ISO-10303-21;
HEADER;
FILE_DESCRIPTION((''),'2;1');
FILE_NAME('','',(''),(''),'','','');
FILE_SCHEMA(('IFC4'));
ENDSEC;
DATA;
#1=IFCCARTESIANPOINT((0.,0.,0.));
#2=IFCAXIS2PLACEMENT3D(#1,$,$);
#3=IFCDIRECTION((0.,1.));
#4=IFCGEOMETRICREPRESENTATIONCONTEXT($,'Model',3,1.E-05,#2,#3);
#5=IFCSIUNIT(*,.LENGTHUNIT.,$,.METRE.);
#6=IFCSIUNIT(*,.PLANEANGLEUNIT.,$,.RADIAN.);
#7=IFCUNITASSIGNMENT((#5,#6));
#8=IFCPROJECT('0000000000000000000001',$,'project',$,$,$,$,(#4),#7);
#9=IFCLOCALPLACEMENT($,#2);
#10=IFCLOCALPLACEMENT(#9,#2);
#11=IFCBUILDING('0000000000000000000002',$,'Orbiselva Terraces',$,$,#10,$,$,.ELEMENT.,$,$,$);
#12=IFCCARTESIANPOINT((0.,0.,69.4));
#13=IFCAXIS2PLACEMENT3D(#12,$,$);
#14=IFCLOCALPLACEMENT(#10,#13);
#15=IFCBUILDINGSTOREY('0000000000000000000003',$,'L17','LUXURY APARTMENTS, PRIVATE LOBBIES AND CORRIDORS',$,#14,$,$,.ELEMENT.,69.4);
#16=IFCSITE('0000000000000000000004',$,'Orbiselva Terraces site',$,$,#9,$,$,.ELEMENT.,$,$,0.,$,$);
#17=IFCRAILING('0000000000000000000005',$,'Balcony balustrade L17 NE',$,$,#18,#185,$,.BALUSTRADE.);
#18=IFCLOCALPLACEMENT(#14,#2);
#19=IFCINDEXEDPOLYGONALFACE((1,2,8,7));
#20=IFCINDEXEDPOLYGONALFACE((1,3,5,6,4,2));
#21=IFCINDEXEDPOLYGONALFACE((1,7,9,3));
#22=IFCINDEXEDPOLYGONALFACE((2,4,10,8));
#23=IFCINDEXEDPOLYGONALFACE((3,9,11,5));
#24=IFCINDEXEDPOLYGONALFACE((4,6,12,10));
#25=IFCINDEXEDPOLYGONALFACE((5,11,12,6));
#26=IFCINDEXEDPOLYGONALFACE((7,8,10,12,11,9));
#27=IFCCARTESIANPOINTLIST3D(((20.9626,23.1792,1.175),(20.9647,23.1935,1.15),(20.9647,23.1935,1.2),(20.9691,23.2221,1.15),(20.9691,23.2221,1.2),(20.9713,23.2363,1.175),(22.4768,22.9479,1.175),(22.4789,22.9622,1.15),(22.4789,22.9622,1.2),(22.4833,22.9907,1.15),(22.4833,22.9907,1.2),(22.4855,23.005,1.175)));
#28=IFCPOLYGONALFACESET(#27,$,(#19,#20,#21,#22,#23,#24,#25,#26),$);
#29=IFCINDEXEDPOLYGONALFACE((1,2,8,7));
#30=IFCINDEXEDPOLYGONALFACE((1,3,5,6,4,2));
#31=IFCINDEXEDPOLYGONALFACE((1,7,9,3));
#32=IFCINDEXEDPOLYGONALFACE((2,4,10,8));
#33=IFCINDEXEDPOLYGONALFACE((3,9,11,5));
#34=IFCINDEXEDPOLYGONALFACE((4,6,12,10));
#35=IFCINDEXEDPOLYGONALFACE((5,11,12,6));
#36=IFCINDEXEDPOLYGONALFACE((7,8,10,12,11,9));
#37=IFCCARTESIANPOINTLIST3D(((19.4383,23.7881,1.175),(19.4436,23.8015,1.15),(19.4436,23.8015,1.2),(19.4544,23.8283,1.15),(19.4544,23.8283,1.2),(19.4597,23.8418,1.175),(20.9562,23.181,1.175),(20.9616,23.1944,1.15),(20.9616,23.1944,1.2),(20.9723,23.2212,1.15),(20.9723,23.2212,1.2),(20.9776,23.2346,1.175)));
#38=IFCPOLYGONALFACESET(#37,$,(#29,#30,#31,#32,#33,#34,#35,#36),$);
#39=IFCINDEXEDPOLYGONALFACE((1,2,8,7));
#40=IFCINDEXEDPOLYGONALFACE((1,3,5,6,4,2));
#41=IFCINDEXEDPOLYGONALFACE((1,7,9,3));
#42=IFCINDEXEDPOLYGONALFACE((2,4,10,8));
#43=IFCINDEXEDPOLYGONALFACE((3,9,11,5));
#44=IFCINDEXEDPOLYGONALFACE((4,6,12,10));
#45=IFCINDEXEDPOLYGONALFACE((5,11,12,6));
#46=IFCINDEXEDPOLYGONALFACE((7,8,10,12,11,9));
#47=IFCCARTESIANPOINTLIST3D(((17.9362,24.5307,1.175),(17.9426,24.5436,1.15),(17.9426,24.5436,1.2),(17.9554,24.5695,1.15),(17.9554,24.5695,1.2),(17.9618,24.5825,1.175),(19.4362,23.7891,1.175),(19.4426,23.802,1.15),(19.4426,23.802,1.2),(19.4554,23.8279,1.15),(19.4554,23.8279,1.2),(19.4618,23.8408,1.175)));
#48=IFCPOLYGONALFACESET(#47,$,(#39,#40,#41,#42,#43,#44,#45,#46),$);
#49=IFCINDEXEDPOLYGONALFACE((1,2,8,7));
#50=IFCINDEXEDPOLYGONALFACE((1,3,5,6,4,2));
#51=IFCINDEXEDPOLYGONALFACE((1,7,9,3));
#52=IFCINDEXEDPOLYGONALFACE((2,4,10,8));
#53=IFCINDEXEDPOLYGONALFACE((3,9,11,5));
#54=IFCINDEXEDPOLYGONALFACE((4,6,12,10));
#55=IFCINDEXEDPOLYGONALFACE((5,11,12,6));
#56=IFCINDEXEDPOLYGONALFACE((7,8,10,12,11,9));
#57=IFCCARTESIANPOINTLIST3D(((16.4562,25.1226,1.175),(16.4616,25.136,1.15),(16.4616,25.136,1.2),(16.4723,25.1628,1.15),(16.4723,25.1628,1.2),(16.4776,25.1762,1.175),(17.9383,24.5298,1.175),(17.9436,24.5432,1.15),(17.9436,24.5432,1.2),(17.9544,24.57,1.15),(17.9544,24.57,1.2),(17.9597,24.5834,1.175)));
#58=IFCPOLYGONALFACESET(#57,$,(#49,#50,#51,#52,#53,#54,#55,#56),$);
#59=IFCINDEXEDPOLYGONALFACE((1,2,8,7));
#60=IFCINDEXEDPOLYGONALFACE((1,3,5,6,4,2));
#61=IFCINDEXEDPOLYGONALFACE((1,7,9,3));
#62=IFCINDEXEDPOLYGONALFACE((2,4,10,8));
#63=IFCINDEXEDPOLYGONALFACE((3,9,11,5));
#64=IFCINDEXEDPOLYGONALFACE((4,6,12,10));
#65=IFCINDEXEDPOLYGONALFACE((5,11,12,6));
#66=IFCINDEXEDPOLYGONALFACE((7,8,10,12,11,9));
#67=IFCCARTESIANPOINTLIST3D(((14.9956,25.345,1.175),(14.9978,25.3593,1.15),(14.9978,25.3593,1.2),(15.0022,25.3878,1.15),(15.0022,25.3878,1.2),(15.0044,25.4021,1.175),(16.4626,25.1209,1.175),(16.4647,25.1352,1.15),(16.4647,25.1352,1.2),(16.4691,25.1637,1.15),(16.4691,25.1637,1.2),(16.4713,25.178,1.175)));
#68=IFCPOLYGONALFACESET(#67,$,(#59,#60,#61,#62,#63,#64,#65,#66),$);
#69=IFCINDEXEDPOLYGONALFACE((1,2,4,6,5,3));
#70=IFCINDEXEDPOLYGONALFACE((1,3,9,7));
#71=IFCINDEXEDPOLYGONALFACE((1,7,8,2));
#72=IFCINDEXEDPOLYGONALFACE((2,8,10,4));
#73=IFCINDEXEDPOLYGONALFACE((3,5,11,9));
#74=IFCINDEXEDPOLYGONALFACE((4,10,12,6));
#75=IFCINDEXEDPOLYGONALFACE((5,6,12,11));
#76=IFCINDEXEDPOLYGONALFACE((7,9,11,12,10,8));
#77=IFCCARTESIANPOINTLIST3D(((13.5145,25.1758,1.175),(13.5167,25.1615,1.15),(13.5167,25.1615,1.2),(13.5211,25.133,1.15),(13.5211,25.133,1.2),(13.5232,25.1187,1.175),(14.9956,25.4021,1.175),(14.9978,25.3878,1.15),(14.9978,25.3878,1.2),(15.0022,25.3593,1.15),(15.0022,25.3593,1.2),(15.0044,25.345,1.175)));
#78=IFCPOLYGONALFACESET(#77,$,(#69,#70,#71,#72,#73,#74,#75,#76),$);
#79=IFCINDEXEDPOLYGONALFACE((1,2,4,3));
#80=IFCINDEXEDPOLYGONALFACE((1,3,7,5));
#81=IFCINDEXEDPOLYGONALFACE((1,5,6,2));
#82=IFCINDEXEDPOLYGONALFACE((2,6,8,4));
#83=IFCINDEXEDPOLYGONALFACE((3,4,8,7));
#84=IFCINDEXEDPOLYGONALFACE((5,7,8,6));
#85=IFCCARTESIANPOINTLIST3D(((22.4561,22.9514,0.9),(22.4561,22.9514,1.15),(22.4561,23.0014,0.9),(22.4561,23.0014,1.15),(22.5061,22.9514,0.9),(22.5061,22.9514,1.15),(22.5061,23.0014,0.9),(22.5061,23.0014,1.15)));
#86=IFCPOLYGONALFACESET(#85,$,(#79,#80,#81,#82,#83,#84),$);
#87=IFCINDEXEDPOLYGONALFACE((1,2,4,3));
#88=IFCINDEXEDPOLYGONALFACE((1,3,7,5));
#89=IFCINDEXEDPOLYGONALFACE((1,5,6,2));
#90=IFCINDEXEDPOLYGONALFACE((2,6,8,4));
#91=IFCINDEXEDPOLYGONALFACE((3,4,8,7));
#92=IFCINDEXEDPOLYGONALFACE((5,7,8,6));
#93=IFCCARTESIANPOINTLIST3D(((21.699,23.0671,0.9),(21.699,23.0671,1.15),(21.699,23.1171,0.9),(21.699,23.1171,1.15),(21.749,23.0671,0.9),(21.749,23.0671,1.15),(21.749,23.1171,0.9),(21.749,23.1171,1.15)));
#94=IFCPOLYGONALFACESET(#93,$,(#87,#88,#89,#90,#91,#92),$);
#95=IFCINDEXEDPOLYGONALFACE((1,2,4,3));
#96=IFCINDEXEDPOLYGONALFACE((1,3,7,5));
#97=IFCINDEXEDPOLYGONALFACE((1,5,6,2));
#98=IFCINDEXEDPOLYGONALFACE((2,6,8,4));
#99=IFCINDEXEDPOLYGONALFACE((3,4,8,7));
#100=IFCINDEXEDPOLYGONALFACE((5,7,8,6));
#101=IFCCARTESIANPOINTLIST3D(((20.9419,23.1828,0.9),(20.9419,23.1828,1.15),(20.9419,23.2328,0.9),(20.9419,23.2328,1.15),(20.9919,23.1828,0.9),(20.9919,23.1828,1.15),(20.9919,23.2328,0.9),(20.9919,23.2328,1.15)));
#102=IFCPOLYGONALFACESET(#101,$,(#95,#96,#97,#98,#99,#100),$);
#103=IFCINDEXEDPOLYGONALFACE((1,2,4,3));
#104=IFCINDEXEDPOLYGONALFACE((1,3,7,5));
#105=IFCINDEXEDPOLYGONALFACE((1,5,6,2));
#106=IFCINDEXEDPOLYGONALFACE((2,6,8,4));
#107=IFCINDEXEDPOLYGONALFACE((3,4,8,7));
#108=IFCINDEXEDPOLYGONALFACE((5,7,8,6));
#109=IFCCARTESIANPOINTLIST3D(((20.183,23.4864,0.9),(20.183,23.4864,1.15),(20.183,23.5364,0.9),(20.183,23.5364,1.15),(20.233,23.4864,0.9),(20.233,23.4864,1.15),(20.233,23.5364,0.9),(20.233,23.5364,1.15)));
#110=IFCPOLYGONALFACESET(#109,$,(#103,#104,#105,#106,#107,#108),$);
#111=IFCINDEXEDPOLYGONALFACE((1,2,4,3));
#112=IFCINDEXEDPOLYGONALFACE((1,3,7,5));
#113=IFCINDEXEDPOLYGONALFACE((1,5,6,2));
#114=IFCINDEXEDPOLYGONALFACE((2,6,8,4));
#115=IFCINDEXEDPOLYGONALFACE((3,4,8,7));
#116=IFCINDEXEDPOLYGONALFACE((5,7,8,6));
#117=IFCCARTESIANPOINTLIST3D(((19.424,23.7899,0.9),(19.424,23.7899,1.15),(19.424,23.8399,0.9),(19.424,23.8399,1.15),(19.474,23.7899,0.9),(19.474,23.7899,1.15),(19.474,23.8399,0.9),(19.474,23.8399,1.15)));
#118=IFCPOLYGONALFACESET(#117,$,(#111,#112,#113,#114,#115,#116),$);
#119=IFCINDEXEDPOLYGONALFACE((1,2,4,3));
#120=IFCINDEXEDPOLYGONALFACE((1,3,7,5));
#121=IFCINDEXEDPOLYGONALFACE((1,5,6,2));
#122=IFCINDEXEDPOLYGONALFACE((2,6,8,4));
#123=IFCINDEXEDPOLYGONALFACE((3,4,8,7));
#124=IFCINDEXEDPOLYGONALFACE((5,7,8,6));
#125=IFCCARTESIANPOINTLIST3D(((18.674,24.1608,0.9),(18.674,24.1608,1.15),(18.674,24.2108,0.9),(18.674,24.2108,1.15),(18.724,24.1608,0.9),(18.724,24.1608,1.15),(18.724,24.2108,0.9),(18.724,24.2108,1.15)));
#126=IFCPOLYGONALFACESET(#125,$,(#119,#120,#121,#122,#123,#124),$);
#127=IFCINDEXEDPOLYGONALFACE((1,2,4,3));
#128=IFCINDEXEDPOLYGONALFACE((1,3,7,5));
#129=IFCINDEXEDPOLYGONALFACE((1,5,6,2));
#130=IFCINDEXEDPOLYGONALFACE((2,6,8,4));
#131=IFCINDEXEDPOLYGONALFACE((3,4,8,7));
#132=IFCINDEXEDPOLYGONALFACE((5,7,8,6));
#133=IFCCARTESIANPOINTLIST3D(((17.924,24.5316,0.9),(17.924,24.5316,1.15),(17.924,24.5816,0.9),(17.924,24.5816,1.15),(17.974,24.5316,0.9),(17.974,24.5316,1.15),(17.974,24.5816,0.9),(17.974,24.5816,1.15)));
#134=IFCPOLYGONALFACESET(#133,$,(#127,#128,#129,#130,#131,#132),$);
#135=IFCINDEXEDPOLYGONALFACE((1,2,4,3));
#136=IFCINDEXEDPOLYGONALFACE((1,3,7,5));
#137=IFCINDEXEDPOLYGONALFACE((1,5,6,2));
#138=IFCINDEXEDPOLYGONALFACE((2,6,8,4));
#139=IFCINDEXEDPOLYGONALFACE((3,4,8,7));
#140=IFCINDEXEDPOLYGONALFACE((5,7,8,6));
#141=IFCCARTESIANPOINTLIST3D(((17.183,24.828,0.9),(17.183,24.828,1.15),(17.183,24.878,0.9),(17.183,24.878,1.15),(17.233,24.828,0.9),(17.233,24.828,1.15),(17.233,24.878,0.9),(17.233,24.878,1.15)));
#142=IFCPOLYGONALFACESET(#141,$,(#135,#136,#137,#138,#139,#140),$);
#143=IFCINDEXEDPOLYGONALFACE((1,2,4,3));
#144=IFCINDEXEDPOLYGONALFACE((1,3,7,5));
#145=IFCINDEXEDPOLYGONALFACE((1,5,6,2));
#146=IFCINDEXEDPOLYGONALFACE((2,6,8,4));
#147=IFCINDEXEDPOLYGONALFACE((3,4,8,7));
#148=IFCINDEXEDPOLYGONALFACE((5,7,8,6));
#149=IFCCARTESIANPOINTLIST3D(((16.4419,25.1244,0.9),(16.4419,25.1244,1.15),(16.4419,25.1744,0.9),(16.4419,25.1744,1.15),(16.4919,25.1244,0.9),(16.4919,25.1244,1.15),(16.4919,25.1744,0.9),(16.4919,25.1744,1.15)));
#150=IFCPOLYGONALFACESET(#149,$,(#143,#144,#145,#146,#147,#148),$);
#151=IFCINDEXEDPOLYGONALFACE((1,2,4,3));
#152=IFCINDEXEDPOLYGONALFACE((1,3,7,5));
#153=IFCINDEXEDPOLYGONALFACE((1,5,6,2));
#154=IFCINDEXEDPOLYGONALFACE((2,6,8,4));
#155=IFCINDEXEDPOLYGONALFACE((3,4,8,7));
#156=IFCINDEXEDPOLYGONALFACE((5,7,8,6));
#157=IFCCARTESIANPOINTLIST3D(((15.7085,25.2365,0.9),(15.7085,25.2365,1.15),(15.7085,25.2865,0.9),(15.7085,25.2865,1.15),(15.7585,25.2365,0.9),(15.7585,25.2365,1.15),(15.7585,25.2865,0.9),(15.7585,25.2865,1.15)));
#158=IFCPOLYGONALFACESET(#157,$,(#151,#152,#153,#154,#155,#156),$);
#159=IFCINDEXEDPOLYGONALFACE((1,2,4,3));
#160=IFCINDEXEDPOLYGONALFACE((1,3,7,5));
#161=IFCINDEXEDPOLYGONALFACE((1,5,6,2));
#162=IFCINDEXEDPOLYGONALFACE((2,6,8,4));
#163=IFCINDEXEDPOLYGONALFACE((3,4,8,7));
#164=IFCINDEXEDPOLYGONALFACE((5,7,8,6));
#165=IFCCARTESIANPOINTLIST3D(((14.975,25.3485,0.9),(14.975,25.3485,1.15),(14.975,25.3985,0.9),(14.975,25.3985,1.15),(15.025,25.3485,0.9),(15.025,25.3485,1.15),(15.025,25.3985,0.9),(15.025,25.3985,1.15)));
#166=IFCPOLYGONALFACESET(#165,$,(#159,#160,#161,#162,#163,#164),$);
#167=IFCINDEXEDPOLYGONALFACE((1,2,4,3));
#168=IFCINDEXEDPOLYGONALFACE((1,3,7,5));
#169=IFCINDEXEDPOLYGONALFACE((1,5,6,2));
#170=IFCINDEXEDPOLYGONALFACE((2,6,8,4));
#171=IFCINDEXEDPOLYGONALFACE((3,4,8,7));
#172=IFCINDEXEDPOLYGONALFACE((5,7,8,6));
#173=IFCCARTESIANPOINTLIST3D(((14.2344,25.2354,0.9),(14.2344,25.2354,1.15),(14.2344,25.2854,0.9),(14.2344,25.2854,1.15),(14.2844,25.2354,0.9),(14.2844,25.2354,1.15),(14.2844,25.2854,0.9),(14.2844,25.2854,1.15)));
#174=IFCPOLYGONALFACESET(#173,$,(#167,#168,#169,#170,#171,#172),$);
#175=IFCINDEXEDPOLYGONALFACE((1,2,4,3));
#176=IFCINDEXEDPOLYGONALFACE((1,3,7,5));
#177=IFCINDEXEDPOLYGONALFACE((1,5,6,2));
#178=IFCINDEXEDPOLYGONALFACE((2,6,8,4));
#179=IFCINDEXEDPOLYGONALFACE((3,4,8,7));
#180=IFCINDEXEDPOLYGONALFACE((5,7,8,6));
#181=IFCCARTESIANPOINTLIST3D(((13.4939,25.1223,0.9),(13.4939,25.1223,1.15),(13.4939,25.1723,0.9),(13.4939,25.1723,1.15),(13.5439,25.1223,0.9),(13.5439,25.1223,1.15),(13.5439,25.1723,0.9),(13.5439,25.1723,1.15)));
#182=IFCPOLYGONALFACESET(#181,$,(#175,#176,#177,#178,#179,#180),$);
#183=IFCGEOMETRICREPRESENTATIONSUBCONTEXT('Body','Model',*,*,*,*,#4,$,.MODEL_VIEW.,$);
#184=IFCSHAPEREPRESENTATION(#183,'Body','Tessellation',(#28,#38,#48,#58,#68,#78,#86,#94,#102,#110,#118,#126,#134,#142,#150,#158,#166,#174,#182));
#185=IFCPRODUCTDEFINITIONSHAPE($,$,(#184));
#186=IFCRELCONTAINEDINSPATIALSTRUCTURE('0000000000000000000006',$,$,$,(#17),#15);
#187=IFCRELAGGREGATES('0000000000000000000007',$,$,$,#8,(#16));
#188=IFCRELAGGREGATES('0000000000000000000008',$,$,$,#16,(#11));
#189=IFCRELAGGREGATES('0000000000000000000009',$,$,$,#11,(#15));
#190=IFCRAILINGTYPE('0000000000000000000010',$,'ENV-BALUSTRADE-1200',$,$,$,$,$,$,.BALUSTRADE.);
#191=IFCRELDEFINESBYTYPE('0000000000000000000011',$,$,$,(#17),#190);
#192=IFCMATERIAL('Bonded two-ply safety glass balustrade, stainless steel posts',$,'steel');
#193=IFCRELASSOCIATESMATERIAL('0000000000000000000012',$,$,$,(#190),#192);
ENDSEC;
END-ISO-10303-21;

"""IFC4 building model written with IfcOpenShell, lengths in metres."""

from ifc_helpers import new_model, si_unit, direction, frame, origin, origin_2d, place, context, subcontext, project, spatial, polyline, rectangle, outline, extrude, material, type_object, element, save


model = new_model("IFC4")

# Units and contexts
model_context = context("Model", 3, precision=1e-05, world=origin(), true_north=direction((0.0, 1.0)))
body_context = subcontext(model_context, "Body", "Model", "MODEL_VIEW")
ifc_project = project(units=[si_unit("LENGTHUNIT", "METRE"), si_unit("PLANEANGLEUNIT", "RADIAN")], contexts=[model_context])

# Site, building, storey
site_placement = place(None, origin())
site = spatial("IfcSite", under=ifc_project, at=site_placement, Name="Orbiselva Terraces site", CompositionType="ELEMENT", RefElevation=0.0)
building_placement = place(site_placement, origin())
building = spatial("IfcBuilding", under=site, at=building_placement, Name="Orbiselva Terraces", CompositionType="ELEMENT")
storey_placement = place(building_placement, frame((0.0, 0.0, 69.4)))
storey = spatial("IfcBuildingStorey", under=building, at=storey_placement, Name="L17", Description="LUXURY APARTMENTS, PRIVATE LOBBIES AND CORRIDORS", CompositionType="ELEMENT", Elevation=69.4)

# Railing
ifc_material_1 = material(Name="Bonded two-ply safety glass balustrade, stainless steel posts", Category="steel")
railing_type_1 = type_object("IfcRailingType", Name="ENV-BALUSTRADE-1200", PredefinedType="BALUSTRADE", material=ifc_material_1)
railing_1_placement = place(storey_placement, frame((22.4811, 22.9764, 0.9)))
element("IfcRailing", 1, at=railing_1_placement, inside=storey, type_object=railing_type_1, Name="Balcony balustrade L17 NE", PredefinedType="BALUSTRADE", context=body_context, shape_type="SweptSolid", body=[
    extrude(outline(polyline([(0.0289, 0.0), (0.0144, 0.025), (-0.0144, 0.025), (-0.0289, 0.0), (-0.0144, -0.025), (0.0144, -0.025), (0.0289, 0.0)])), frame((0.0, 0.0, 0.275), z_axis=(-0.988529, 0.151034, 0.0), x_axis=(-0.151034, -0.988529, 0.0)), (0.0, 0.0, 1.0), 1.5318),
    extrude(outline(polyline([(0.0289, 0.0), (0.0144, 0.025), (-0.0144, 0.025), (-0.0289, 0.0), (-0.0144, -0.025), (0.0144, -0.025), (0.0289, 0.0)])), frame((-1.5142, 0.2314, 0.275), z_axis=(-0.928477, 0.37139, 0.0), x_axis=(-0.37139, -0.928477, 0.0)), (0.0, 0.0, 1.0), 1.6348),
    extrude(outline(polyline([(0.0289, 0.0), (0.0144, 0.025), (-0.0144, 0.025), (-0.0289, 0.0), (-0.0144, -0.025), (0.0144, -0.025), (0.0289, 0.0)])), frame((-3.0321, 0.8385, 0.275), z_axis=(-0.896417, 0.443212, 0.0), x_axis=(-0.443212, -0.896417, 0.0)), (0.0, 0.0, 1.0), 1.6733),
    extrude(outline(polyline([(0.0289, 0.0), (0.0144, 0.025), (-0.0144, 0.025), (-0.0289, 0.0), (-0.0144, -0.025), (0.0144, -0.025), (0.0289, 0.0)])), frame((-4.5321, 1.5802, 0.275), z_axis=(-0.928477, 0.371391, 0.0), x_axis=(-0.371391, -0.928477, 0.0)), (0.0, 0.0, 1.0), 1.5963),
    extrude(outline(polyline([(0.0289, 0.0), (0.0144, 0.025), (-0.0144, 0.025), (-0.0289, 0.0), (-0.0144, -0.025), (0.0144, -0.025), (0.0289, 0.0)])), frame((-6.0142, 2.173, 0.275), z_axis=(-0.988529, 0.151034, 0.0), x_axis=(-0.151034, -0.988529, 0.0)), (0.0, 0.0, 1.0), 1.4839),
    extrude(outline(polyline([(0.0289, 0.0), (0.0144, 0.025), (-0.0144, 0.025), (-0.0289, 0.0), (-0.0144, -0.025), (0.0144, -0.025), (0.0289, 0.0)])), frame((-7.4811, 2.3971, 0.275), z_axis=(-0.988529, -0.151034, 0.0), x_axis=(0.151034, -0.988529, 0.0)), (0.0, 0.0, 1.0), 1.4983),
    extrude(rectangle(XDim=0.05, YDim=0.05, at=origin_2d()), origin(), (0.0, 0.0, 1.0), 0.25),
    extrude(rectangle(XDim=0.05, YDim=0.05, at=origin_2d()), frame((-0.7571, 0.1157, 0.0)), (0.0, 0.0, 1.0), 0.25),
    extrude(rectangle(XDim=0.05, YDim=0.05, at=origin_2d()), frame((-1.5142, 0.2314, 0.0)), (0.0, 0.0, 1.0), 0.25),
    extrude(rectangle(XDim=0.05, YDim=0.05, at=origin_2d()), frame((-2.2732, 0.5349, 0.0)), (0.0, 0.0, 1.0), 0.25),
    extrude(rectangle(XDim=0.05, YDim=0.05, at=origin_2d()), frame((-3.0321, 0.8385, 0.0)), (0.0, 0.0, 1.0), 0.25),
    extrude(rectangle(XDim=0.05, YDim=0.05, at=origin_2d()), frame((-3.7821, 1.2093, 0.0)), (0.0, 0.0, 1.0), 0.25),
    extrude(rectangle(XDim=0.05, YDim=0.05, at=origin_2d()), frame((-4.5321, 1.5802, 0.0)), (0.0, 0.0, 1.0), 0.25),
    extrude(rectangle(XDim=0.05, YDim=0.05, at=origin_2d()), frame((-5.2732, 1.8766, 0.0)), (0.0, 0.0, 1.0), 0.25),
    extrude(rectangle(XDim=0.05, YDim=0.05, at=origin_2d()), frame((-6.0142, 2.173, 0.0)), (0.0, 0.0, 1.0), 0.25),
    extrude(rectangle(XDim=0.05, YDim=0.05, at=origin_2d()), frame((-6.7477, 2.2851, 0.0)), (0.0, 0.0, 1.0), 0.25),
    extrude(rectangle(XDim=0.05, YDim=0.05, at=origin_2d()), frame((-7.4811, 2.3971, 0.0)), (0.0, 0.0, 1.0), 0.25),
    extrude(rectangle(XDim=0.05, YDim=0.05, at=origin_2d()), frame((-8.2217, 2.284, 0.0)), (0.0, 0.0, 1.0), 0.25),
    extrude(rectangle(XDim=0.05, YDim=0.05, at=origin_2d()), frame((-8.9622, 2.1708, 0.0)), (0.0, 0.0, 1.0), 0.25),
])

save(model, "model.ifc")
